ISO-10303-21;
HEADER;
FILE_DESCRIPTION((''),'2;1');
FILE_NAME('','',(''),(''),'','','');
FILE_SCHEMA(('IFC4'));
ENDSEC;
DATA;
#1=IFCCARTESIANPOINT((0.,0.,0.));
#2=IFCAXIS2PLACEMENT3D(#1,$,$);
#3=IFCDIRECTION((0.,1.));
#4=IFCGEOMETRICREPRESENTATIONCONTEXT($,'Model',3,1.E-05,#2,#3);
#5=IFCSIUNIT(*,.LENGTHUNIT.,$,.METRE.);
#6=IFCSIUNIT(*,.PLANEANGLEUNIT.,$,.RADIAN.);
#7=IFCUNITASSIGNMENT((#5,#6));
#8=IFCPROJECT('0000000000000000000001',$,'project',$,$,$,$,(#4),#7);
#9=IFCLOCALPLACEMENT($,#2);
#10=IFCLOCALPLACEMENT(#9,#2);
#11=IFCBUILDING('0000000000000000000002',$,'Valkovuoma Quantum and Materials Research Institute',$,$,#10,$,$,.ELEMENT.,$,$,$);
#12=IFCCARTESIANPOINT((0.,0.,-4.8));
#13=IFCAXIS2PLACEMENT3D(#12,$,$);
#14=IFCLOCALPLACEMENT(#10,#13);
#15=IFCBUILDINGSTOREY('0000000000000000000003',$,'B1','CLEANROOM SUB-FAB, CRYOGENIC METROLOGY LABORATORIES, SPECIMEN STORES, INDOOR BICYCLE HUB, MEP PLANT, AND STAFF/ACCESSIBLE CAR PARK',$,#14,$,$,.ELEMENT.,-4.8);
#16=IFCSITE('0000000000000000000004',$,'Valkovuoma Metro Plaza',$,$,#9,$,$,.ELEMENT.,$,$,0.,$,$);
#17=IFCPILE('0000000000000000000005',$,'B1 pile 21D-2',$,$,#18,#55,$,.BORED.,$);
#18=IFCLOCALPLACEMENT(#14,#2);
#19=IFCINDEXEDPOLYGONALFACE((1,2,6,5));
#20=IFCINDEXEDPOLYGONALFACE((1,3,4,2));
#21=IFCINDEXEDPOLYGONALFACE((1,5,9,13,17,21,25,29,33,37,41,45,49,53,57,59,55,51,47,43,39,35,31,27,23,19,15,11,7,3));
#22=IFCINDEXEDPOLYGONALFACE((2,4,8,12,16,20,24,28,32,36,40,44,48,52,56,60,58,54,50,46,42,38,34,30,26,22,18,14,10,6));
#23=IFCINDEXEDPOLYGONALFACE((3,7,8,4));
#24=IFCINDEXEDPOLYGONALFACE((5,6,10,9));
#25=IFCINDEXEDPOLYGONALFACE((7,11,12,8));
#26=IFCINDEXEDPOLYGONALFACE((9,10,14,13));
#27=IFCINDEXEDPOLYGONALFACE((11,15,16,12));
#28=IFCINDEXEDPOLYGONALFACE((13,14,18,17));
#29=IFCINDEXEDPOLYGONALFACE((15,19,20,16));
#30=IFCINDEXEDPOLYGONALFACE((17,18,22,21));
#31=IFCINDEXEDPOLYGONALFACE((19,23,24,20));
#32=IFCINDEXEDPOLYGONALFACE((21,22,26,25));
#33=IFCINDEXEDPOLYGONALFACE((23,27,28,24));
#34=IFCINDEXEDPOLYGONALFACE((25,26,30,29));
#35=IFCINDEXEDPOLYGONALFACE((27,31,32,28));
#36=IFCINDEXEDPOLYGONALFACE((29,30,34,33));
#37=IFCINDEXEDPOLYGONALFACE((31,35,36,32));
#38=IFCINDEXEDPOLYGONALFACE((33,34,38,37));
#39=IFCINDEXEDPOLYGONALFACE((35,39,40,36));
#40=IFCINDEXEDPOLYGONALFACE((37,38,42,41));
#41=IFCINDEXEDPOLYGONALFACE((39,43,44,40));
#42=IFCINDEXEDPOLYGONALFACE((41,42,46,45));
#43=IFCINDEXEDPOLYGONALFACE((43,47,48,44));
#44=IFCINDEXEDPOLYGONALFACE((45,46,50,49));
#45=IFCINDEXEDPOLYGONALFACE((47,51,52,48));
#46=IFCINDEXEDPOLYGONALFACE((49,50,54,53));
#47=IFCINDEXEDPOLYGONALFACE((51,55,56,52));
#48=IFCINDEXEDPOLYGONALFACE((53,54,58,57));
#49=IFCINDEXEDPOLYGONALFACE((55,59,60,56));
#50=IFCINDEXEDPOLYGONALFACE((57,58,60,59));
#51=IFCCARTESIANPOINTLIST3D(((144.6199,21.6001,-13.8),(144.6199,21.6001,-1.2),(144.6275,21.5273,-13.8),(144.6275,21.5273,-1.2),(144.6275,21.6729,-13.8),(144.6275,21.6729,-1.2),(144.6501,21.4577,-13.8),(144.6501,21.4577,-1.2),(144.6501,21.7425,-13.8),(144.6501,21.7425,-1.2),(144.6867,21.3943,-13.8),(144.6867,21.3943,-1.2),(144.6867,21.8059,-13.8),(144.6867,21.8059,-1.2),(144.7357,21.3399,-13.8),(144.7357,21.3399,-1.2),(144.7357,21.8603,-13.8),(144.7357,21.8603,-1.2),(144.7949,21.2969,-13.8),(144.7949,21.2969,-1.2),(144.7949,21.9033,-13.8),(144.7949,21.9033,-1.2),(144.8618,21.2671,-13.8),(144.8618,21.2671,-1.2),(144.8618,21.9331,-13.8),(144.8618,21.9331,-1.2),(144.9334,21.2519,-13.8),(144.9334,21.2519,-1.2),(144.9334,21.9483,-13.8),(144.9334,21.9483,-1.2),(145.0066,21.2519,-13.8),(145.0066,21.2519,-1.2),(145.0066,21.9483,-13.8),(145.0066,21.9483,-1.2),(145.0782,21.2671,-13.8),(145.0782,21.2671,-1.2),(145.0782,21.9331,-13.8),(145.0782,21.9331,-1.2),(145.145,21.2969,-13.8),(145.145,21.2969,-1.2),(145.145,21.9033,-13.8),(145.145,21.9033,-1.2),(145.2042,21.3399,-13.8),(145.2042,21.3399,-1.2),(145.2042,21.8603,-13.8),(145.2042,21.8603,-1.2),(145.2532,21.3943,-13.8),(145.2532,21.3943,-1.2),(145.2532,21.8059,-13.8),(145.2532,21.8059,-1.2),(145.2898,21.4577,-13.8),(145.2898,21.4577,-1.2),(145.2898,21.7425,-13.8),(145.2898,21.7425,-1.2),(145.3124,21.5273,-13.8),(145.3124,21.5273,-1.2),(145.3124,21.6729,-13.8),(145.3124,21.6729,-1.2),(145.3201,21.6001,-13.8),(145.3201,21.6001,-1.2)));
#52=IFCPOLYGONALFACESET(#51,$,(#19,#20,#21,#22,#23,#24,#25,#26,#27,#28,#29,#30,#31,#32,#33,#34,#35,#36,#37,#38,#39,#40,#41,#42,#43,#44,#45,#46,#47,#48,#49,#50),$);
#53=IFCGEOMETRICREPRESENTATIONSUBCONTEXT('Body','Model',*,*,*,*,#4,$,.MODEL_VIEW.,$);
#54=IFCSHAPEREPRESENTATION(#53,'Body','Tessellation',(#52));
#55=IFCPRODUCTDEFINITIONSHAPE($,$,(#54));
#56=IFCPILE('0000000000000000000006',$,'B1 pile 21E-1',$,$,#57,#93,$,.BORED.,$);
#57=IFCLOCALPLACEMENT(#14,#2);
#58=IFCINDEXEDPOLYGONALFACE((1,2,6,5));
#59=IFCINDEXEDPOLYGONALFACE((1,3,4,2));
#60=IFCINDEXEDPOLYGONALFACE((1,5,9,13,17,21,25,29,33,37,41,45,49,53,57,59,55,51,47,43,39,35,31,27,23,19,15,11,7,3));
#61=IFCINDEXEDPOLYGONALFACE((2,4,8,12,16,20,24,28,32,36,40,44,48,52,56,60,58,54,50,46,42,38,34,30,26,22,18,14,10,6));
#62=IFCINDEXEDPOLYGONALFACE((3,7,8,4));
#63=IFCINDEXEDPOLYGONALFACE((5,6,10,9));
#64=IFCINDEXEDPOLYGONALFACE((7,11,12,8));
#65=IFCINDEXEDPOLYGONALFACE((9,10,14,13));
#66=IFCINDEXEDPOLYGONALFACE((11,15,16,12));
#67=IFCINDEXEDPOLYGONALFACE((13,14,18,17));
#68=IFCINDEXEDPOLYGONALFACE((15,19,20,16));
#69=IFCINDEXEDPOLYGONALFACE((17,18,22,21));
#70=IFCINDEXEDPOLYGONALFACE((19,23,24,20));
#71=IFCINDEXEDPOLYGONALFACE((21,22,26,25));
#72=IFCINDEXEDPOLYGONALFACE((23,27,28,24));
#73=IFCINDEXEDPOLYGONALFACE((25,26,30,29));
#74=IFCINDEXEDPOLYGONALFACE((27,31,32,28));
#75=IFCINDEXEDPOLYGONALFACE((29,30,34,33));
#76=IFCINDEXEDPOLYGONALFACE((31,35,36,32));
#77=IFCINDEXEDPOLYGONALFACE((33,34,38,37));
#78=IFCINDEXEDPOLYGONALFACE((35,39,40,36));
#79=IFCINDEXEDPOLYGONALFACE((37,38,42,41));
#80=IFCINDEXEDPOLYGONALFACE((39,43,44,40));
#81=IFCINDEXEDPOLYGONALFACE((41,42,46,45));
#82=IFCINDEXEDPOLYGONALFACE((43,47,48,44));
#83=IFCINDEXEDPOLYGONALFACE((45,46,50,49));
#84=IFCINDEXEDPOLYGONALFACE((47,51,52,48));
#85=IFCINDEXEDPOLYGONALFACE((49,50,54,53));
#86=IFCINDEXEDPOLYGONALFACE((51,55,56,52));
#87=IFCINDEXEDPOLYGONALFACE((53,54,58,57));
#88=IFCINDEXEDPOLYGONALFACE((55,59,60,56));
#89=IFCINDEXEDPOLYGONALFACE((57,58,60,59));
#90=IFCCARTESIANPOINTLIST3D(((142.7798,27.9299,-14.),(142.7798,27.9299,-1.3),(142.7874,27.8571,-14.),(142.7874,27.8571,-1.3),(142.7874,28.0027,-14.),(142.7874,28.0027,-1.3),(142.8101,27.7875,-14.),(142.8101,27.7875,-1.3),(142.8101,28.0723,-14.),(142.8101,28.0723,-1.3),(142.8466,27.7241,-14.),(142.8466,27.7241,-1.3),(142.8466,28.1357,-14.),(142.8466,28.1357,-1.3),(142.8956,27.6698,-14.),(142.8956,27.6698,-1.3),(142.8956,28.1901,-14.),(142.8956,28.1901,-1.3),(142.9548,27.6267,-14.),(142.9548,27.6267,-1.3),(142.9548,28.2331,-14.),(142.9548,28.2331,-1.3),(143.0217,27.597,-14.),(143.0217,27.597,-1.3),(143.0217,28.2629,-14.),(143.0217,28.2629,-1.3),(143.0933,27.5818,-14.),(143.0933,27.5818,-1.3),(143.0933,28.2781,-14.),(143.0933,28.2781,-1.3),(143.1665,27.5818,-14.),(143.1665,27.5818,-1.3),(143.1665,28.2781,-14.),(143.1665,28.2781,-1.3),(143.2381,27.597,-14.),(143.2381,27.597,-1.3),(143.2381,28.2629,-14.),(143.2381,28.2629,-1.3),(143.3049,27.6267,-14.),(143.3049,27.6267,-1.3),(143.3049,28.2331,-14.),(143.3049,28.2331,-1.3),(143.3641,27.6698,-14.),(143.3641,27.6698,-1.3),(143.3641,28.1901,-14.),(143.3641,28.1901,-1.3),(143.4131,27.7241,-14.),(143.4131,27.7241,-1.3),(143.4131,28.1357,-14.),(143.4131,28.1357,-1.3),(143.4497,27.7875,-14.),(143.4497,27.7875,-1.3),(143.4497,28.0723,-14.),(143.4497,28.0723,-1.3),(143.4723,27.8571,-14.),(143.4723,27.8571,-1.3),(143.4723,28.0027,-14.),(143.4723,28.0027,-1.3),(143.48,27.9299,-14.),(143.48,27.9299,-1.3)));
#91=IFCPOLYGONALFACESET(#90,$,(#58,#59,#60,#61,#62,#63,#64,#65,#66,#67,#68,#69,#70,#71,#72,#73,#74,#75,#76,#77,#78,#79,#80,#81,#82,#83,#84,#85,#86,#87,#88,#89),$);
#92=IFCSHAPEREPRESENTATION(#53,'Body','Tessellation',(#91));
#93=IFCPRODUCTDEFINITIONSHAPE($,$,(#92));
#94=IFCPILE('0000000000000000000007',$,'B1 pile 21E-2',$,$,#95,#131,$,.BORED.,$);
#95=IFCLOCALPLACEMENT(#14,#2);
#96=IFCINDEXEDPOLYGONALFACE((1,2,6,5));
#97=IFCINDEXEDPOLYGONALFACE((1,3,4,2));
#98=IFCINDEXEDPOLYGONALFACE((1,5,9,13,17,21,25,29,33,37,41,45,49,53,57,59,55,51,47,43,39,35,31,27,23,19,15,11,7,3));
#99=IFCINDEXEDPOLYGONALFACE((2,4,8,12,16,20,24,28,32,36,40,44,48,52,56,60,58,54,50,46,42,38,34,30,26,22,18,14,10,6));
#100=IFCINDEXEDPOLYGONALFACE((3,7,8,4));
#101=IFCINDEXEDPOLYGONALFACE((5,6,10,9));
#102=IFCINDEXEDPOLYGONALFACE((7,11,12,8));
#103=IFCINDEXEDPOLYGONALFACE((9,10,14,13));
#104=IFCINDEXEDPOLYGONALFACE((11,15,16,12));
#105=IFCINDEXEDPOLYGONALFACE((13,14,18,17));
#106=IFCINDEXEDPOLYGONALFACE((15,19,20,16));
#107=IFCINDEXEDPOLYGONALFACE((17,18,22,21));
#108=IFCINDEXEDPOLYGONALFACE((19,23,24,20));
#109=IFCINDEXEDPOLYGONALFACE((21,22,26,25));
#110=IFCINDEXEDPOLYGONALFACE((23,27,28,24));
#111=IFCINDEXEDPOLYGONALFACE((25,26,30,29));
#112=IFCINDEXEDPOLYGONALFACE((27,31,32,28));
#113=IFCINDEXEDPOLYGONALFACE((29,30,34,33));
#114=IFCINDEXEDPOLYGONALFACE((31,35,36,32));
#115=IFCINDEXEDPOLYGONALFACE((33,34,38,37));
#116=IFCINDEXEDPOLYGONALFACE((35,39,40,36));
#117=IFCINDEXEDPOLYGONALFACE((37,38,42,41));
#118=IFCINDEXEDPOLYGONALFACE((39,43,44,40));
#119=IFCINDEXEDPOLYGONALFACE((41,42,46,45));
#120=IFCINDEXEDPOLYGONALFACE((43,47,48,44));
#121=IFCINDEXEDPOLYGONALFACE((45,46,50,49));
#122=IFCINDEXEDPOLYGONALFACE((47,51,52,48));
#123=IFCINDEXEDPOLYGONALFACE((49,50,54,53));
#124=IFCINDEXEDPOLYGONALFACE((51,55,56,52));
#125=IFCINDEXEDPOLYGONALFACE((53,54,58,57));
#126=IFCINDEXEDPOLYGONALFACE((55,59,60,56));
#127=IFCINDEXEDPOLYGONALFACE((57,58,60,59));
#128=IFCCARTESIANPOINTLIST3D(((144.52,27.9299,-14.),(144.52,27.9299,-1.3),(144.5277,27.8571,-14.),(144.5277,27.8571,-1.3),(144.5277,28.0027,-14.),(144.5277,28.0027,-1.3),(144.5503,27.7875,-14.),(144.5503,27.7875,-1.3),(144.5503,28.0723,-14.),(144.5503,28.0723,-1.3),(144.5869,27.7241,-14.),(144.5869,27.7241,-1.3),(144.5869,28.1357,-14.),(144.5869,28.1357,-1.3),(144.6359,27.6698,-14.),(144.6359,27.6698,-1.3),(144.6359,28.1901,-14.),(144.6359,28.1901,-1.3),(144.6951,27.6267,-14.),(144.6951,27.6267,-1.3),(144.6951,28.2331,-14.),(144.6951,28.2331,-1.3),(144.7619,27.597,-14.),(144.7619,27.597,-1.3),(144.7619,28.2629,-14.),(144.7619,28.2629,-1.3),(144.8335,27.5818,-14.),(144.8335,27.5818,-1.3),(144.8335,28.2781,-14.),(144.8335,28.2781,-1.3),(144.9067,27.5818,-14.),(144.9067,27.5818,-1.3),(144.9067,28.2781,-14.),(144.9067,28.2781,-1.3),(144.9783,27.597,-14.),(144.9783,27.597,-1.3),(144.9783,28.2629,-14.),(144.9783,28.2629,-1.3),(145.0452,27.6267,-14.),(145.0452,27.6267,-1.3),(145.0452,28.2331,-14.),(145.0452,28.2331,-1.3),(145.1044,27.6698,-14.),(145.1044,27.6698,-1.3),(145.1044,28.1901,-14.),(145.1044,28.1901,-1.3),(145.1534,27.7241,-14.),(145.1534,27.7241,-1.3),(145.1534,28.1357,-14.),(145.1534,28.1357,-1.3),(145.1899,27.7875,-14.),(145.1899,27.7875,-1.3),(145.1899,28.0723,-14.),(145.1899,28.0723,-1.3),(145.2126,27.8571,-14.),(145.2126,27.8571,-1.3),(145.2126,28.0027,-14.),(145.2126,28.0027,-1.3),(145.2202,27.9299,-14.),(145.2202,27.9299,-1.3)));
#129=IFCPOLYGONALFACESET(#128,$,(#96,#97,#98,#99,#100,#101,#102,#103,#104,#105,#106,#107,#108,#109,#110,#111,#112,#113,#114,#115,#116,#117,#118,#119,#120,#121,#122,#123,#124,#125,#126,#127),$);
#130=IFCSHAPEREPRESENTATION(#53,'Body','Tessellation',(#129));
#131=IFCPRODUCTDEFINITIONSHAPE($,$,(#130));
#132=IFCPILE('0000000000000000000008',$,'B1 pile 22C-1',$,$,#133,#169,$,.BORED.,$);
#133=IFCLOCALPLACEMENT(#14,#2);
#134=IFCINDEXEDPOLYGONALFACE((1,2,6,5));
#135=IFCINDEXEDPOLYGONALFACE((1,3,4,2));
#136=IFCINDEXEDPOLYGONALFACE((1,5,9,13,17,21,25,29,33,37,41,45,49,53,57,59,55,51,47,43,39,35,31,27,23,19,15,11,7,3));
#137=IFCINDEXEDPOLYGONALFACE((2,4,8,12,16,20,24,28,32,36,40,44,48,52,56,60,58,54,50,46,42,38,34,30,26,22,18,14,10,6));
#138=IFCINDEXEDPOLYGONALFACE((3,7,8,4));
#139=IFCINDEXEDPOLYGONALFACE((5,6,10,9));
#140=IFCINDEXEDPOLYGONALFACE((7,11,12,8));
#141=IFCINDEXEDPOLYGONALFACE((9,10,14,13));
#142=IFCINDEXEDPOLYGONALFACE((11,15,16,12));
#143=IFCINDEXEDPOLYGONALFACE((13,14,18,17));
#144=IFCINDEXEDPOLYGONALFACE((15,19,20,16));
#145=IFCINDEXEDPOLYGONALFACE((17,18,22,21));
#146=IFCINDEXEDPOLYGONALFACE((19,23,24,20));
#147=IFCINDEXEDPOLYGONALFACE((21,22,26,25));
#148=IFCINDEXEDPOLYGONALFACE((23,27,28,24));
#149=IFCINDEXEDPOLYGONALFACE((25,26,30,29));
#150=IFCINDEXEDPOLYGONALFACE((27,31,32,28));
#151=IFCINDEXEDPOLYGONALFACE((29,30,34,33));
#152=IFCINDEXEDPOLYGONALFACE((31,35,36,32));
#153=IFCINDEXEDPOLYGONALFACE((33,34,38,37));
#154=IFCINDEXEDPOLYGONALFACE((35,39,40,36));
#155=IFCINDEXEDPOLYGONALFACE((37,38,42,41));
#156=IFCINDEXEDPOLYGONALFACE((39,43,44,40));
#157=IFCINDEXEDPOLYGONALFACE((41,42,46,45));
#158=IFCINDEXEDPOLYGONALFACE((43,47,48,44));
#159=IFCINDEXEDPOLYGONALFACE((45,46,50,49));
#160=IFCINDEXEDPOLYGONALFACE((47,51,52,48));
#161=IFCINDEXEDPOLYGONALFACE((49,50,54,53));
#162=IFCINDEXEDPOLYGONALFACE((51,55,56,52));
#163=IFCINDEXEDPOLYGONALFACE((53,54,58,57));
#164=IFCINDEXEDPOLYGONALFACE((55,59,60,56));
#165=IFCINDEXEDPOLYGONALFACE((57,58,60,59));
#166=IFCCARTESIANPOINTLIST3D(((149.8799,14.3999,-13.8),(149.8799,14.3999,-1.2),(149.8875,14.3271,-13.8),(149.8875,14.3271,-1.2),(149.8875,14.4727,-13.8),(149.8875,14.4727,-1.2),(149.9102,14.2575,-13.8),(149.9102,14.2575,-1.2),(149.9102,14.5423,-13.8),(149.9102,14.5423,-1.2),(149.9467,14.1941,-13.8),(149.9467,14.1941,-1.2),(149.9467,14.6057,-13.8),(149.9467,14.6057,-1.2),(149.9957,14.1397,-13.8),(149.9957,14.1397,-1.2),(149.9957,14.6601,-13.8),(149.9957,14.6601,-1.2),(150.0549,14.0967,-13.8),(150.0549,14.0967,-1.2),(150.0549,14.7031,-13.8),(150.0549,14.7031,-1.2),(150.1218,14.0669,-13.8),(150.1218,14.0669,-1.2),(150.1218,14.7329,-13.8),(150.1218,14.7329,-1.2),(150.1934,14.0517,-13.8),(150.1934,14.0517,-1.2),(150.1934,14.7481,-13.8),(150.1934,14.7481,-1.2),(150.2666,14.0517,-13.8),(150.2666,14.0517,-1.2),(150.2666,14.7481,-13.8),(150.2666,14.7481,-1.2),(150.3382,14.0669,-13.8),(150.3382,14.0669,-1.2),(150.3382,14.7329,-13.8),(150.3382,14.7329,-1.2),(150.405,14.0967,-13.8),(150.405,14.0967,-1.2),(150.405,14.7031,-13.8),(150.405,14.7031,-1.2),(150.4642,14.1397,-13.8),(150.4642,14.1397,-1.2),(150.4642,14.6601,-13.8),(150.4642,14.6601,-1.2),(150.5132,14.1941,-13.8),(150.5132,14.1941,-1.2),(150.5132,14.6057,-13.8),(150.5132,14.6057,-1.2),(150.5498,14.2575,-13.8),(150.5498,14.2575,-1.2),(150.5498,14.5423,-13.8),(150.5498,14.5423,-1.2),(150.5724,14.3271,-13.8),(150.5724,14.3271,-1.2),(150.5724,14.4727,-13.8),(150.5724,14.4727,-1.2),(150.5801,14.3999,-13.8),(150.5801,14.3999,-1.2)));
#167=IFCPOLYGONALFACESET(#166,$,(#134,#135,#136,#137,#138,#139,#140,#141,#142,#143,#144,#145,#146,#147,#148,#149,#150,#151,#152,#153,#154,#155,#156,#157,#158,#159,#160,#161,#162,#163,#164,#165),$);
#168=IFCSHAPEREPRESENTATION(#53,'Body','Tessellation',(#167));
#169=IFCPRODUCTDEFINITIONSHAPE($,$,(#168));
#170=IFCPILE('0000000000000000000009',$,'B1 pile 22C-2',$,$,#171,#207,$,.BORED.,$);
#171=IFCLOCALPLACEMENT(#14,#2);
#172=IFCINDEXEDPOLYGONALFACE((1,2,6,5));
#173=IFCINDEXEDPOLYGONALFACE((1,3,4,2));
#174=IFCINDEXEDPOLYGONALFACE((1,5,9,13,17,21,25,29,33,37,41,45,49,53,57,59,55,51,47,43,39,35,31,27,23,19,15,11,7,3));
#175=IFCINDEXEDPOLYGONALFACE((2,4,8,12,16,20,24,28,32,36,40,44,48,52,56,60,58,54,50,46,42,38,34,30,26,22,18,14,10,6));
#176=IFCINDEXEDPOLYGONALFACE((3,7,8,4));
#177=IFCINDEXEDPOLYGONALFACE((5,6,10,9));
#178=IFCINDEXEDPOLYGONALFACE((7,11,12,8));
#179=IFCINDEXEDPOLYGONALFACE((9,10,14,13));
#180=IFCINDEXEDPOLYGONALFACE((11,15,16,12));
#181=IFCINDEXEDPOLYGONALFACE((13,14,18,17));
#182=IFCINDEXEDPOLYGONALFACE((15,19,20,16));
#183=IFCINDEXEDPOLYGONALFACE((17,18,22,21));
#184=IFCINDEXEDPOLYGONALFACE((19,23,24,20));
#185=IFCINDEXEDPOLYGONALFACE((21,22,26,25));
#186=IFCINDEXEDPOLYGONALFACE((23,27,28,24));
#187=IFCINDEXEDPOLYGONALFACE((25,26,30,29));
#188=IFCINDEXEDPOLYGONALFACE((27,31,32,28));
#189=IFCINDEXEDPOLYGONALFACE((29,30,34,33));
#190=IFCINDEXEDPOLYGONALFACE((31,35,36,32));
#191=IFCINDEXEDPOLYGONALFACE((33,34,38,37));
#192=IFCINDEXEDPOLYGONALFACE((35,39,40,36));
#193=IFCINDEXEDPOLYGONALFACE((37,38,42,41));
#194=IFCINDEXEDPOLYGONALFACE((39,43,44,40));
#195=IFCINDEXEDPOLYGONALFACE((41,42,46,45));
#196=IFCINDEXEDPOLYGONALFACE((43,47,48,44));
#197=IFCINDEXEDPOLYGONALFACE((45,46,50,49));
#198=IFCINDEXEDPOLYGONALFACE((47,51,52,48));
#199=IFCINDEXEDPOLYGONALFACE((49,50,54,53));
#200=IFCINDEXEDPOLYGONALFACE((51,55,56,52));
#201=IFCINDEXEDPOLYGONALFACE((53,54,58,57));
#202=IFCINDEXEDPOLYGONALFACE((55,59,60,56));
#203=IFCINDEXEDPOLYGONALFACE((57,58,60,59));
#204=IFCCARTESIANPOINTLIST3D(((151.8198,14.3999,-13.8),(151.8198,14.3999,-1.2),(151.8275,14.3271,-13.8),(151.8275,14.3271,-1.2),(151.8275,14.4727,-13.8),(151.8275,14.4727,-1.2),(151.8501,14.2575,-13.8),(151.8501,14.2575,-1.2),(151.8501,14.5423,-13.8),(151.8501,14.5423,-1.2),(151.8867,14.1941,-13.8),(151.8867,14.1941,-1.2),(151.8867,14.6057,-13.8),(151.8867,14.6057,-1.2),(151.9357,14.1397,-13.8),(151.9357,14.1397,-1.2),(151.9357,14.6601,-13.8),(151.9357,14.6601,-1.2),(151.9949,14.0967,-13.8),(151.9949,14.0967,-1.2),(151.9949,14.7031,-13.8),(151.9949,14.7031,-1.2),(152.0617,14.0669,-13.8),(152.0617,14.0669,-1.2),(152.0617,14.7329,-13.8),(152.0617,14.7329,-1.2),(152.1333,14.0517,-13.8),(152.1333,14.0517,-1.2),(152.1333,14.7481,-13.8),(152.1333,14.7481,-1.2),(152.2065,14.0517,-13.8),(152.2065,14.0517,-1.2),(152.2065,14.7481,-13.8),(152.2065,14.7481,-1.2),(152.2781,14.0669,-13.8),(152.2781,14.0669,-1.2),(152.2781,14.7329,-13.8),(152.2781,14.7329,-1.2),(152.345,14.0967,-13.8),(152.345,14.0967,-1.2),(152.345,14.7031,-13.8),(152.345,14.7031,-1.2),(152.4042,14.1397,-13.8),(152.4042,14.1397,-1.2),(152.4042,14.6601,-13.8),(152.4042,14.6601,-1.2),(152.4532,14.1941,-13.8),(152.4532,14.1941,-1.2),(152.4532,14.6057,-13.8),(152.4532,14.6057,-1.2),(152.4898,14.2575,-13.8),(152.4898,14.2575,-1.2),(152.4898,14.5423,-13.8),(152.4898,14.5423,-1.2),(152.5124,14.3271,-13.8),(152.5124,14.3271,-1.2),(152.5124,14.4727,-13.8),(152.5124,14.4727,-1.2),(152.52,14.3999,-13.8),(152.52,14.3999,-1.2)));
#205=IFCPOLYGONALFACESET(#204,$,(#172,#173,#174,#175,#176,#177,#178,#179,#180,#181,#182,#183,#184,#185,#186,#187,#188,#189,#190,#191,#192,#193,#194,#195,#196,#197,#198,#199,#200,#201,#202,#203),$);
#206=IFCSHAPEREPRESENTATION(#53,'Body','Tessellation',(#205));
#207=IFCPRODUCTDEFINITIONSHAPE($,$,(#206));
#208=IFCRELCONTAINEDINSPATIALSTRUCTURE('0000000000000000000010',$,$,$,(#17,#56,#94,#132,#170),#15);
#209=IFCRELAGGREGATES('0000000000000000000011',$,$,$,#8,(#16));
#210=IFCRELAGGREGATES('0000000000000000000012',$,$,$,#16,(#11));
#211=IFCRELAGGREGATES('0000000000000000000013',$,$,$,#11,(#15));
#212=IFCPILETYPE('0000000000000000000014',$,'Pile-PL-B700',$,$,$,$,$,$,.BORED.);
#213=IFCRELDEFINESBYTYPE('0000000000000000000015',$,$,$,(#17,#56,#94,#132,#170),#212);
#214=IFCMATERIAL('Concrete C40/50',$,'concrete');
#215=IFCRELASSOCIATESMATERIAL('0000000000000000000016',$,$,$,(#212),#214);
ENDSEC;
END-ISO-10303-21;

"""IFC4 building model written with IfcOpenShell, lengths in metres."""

from ifc_helpers import new_model, si_unit, direction, frame, origin, origin_2d, place, context, subcontext, project, spatial, circle, extrude, material, material_profile, profile_set, type_object, element, save


model = new_model("IFC4")

# Units and contexts
model_context = context("Model", 3, precision=1e-05, world=origin(), true_north=direction((0.0, 1.0)))
body_context = subcontext(model_context, "Body", "Model", "MODEL_VIEW")
ifc_project = project(units=[si_unit("LENGTHUNIT", "METRE"), si_unit("PLANEANGLEUNIT", "RADIAN")], contexts=[model_context])

# Site, building, storey
site_placement = place(None, origin())
site = spatial("IfcSite", under=ifc_project, at=site_placement, Name="Valkovuoma Metro Plaza", CompositionType="ELEMENT", RefElevation=0.0)
building_placement = place(site_placement, origin())
building = spatial("IfcBuilding", under=site, at=building_placement, Name="Valkovuoma Quantum and Materials Research Institute", CompositionType="ELEMENT")
storey_placement = place(building_placement, frame((0.0, 0.0, -4.8)))
storey = spatial("IfcBuildingStorey", under=building, at=storey_placement, Name="B1", Description="CLEANROOM SUB-FAB, CRYOGENIC METROLOGY LABORATORIES, SPECIMEN STORES, INDOOR BICYCLE HUB, MEP PLANT, AND STAFF/ACCESSIBLE CAR PARK", CompositionType="ELEMENT", Elevation=-4.8)

# Piles
ifc_material_1 = material(Name="Concrete C40/50", Category="concrete")
ifc_material_profile_1 = material_profile(ifc_material_1, circle(Radius=0.3501, at=origin_2d()), Name="Concrete C40/50")
ifc_profile_set_1 = profile_set([ifc_material_profile_1], Name="Concrete C40/50")
pile_type_1 = type_object("IfcPileType", Name="Pile-PL-B700", PredefinedType="BORED", material=ifc_profile_set_1)
for number, where, z_axis, x_axis, name in (
    (1, (144.97, 21.6001, -1.2), (0.0, 0.0, -1.0), (1.0, 0.0, 0.0), "B1 pile 21D-2"),
):
    element("IfcPile", number, at=place(storey_placement, frame(where, z_axis=z_axis, x_axis=x_axis)), inside=storey, type_object=pile_type_1, Name=name, PredefinedType="BORED", context=body_context, shape_type="SweptSolid", body=[
        extrude(circle(Radius=0.3501, at=origin_2d()), origin(), (0.0, 0.0, 1.0), 12.6001),
    ])
for number, where, z_axis, x_axis, name in (
    (2, (143.1299, 27.9299, -1.3), (0.0, 0.0, -1.0), (1.0, 0.0, 0.0), "B1 pile 21E-1"),
    (3, (144.8701, 27.9299, -1.3), (0.0, 0.0, -1.0), (1.0, 0.0, 0.0), "B1 pile 21E-2"),
):
    element("IfcPile", number, at=place(storey_placement, frame(where, z_axis=z_axis, x_axis=x_axis)), inside=storey, type_object=pile_type_1, Name=name, PredefinedType="BORED", context=body_context, shape_type="SweptSolid", body=[
        extrude(circle(Radius=0.3501, at=origin_2d()), origin(), (0.0, 0.0, 1.0), 12.7),
    ])
for number, where, z_axis, x_axis, name in (
    (4, (150.23, 14.3999, -1.2), (0.0, 0.0, -1.0), (1.0, 0.0, 0.0), "B1 pile 22C-1"),
    (5, (152.1699, 14.3999, -1.2), (0.0, 0.0, -1.0), (1.0, 0.0, 0.0), "B1 pile 22C-2"),
):
    element("IfcPile", number, at=place(storey_placement, frame(where, z_axis=z_axis, x_axis=x_axis)), inside=storey, type_object=pile_type_1, Name=name, PredefinedType="BORED", context=body_context, shape_type="SweptSolid", body=[
        extrude(circle(Radius=0.3501, at=origin_2d()), origin(), (0.0, 0.0, 1.0), 12.6001),
    ])

save(model, "model.ifc")
